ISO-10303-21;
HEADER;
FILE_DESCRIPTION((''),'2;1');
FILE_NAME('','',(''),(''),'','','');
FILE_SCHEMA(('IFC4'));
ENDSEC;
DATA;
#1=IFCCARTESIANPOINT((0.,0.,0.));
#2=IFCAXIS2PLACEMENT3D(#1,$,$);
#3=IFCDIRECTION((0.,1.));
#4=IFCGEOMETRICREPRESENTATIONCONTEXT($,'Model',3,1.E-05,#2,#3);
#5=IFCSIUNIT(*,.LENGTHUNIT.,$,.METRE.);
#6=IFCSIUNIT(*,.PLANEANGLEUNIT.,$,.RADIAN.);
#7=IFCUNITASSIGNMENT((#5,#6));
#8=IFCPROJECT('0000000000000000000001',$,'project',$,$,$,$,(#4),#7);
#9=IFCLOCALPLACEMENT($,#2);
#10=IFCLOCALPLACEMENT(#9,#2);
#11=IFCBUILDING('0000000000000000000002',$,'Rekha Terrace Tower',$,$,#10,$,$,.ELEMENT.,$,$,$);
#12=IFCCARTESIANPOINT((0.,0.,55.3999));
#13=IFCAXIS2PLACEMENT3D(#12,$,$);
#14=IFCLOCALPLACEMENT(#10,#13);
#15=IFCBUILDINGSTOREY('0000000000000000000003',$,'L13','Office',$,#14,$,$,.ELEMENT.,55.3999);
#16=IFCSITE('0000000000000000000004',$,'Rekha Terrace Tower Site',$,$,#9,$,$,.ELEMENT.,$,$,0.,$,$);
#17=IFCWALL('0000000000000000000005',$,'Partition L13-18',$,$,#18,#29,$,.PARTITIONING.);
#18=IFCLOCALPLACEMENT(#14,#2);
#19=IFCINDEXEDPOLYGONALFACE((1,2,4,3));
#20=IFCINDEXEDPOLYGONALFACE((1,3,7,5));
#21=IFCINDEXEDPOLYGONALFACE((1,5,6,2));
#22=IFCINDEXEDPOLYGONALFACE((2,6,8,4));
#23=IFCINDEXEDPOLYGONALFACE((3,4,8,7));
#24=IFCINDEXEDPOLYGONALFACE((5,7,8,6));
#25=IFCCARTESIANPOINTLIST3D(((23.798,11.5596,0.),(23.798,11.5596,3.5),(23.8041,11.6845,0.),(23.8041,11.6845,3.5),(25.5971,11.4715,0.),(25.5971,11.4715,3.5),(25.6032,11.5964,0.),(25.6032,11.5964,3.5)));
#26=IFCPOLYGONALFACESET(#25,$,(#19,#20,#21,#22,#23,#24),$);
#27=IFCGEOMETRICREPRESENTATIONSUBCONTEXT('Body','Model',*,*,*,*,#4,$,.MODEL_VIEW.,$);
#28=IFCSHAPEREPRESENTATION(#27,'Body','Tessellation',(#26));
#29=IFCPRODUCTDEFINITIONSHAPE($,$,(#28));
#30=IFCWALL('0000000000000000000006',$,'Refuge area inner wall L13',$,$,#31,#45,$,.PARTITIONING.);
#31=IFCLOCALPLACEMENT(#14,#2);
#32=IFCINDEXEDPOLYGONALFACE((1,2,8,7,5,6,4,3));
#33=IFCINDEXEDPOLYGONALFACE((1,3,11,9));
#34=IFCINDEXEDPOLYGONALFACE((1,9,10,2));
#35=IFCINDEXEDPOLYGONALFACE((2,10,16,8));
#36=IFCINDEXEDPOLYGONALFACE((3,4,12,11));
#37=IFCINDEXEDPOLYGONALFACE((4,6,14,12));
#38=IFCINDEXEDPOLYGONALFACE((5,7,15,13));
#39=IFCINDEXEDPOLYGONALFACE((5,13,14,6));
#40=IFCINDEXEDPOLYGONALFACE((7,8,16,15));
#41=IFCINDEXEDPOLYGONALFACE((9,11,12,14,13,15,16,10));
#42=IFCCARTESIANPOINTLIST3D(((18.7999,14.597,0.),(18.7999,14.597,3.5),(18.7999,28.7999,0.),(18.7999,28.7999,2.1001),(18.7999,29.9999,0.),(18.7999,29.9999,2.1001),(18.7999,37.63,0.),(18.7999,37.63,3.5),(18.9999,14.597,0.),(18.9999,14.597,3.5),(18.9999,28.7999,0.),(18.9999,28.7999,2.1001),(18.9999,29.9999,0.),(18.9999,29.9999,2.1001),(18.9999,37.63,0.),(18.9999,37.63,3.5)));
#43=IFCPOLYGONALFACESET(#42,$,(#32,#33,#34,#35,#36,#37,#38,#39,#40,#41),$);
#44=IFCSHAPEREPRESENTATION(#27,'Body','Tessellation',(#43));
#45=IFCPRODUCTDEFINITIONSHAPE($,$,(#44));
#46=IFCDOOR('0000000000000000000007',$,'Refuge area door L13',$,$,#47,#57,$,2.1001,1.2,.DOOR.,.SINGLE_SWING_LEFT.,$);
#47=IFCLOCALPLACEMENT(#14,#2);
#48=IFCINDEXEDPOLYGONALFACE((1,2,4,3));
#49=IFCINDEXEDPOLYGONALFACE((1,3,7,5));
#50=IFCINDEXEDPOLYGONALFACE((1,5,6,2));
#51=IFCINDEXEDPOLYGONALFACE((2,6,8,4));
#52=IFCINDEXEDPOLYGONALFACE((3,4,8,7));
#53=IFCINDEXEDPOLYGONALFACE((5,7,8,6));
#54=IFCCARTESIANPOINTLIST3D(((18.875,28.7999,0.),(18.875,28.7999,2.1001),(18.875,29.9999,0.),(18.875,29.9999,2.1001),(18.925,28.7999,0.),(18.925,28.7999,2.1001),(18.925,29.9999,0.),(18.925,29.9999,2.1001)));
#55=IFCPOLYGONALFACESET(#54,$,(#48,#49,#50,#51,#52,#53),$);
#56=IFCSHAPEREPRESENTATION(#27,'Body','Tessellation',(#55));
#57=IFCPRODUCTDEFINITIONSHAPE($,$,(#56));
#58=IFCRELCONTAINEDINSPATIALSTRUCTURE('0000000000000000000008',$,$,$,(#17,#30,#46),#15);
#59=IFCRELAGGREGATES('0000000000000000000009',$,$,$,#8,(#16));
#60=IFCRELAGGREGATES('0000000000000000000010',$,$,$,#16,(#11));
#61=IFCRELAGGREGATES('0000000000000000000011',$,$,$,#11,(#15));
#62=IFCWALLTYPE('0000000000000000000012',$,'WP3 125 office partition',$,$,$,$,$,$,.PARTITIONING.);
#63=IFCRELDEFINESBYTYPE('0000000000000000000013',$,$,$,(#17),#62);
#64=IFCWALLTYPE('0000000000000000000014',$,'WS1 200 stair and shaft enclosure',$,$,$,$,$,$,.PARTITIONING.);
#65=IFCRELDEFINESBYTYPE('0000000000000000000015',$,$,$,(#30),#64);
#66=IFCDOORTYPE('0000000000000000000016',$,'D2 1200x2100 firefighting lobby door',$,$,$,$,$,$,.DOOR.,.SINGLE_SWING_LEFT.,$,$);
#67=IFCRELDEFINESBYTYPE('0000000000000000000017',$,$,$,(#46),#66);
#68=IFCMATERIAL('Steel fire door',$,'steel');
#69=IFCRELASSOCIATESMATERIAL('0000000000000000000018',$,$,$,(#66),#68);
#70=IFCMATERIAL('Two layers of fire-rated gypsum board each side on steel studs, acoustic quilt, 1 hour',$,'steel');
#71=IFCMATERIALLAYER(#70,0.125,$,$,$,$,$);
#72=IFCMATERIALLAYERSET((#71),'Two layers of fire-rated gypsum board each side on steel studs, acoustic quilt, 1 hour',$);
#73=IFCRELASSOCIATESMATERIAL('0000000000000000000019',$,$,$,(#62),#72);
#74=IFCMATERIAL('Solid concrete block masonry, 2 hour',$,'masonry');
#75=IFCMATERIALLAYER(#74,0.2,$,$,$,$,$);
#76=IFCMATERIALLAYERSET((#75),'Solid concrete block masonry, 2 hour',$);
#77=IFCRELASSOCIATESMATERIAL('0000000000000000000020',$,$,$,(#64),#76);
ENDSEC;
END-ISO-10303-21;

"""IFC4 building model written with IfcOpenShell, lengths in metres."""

from ifc_helpers import new_model, si_unit, direction, frame, frame_2d, origin, place, context, subcontext, project, spatial, rectangle, extrude, material, layer, layer_set, type_object, element, fill, save


model = new_model("IFC4")

# Units and contexts
model_context = context("Model", 3, precision=1e-05, world=origin(), true_north=direction((0.0, 1.0)))
body_context = subcontext(model_context, "Body", "Model", "MODEL_VIEW")
ifc_project = project(units=[si_unit("LENGTHUNIT", "METRE"), si_unit("PLANEANGLEUNIT", "RADIAN")], contexts=[model_context])

# Site, building, storey
site_placement = place(None, origin())
site = spatial("IfcSite", under=ifc_project, at=site_placement, Name="Rekha Terrace Tower Site", CompositionType="ELEMENT", RefElevation=0.0)
building_placement = place(site_placement, origin())
building = spatial("IfcBuilding", under=site, at=building_placement, Name="Rekha Terrace Tower", CompositionType="ELEMENT")
storey_placement = place(building_placement, frame((0.0, 0.0, 55.3999)))
storey = spatial("IfcBuildingStorey", under=building, at=storey_placement, Name="L13", Description="Office", CompositionType="ELEMENT", Elevation=55.3999)

# Shared definitions
ifc_material_1 = material(Name="Steel fire door", Category="steel")
door_type_1 = type_object("IfcDoorType", Name="D2 1200x2100 firefighting lobby door", OperationType="SINGLE_SWING_LEFT", PredefinedType="DOOR", material=ifc_material_1)

# Shared definitions
ifc_material_2 = material(Name="Two layers of fire-rated gypsum board each side on steel studs, acoustic quilt, 1 hour", Category="steel")
ifc_layer_1 = layer(ifc_material_2, 0.125)
ifc_layer_set_1 = layer_set([ifc_layer_1], Name="Two layers of fire-rated gypsum board each side on steel studs, acoustic quilt, 1 hour")
wall_type_1 = type_object("IfcWallType", Name="WP3 125 office partition", PredefinedType="PARTITIONING", material=ifc_layer_set_1)

# Wall
wall_1_placement = place(storey_placement, frame((23.801, 11.6221, 0.0), z_axis=(0.0, 0.0, 1.0), x_axis=(0.998802, -0.04893, 0.0)))
element("IfcWall", 1, at=wall_1_placement, inside=storey, type_object=wall_type_1, Name="Partition L13-18", PredefinedType="PARTITIONING", context=body_context, shape_type="SweptSolid", body=[
    extrude(rectangle(XDim=1.8013, YDim=0.125, at=frame_2d((0.9006, 0.0))), origin(), (0.0, 0.0, 1.0), 3.5),
])

# Wall, opening, door
ifc_material_3 = material(Name="Solid concrete block masonry, 2 hour", Category="masonry")
ifc_layer_2 = layer(ifc_material_3, 0.2)
ifc_layer_set_2 = layer_set([ifc_layer_2], Name="Solid concrete block masonry, 2 hour")
wall_type_2 = type_object("IfcWallType", Name="WS1 200 stair and shaft enclosure", PredefinedType="PARTITIONING", material=ifc_layer_set_2)
wall_2_placement = place(storey_placement, frame((18.8999, 14.5969, 0.0), z_axis=(0.0, 0.0, 1.0), x_axis=(0.0, 1.0, 0.0)))
wall_2 = element("IfcWall", 2, at=wall_2_placement, inside=storey, type_object=wall_type_2, Name="Refuge area inner wall L13", PredefinedType="PARTITIONING", context=body_context, shape_type="SweptSolid", body=[
    extrude(rectangle(XDim=23.033, YDim=0.2, at=frame_2d((11.5166, 0.0))), origin(), (0.0, 0.0, 1.0), 3.5),
])
opening_1_placement = place(wall_2_placement, frame((14.2029, 0.0, 0.0)))
opening_1 = element("IfcOpeningElement", 3, at=opening_1_placement, cuts=wall_2, PredefinedType="OPENING", context=body_context, shape_type="SweptSolid", body=[
    extrude(rectangle(XDim=1.2, YDim=2.1001, at=frame_2d((0.6001, 1.05))), frame((0.0, 0.1099, 0.0), z_axis=(0.0, -1.0, 0.0), x_axis=(1.0, 0.0, 0.0)), (0.0, 0.0, 1.0), 0.22),
])
door_1_placement = place(opening_1_placement, origin())
door_1 = element("IfcDoor", 4, at=door_1_placement, inside=storey, type_object=door_type_1, Name="Refuge area door L13", OperationType="SINGLE_SWING_LEFT", OverallHeight=2.1001, OverallWidth=1.2, PredefinedType="DOOR", context=body_context, shape_type="SweptSolid", body=[
    extrude(rectangle(XDim=1.2, YDim=2.1001, at=frame_2d((0.6001, 1.05))), frame((0.0, 0.0249, 0.0), z_axis=(0.0, -1.0, 0.0), x_axis=(1.0, 0.0, 0.0)), (0.0, 0.0, 1.0), 0.05),
])
fill(opening_1, door_1)

save(model, "model.ifc")
